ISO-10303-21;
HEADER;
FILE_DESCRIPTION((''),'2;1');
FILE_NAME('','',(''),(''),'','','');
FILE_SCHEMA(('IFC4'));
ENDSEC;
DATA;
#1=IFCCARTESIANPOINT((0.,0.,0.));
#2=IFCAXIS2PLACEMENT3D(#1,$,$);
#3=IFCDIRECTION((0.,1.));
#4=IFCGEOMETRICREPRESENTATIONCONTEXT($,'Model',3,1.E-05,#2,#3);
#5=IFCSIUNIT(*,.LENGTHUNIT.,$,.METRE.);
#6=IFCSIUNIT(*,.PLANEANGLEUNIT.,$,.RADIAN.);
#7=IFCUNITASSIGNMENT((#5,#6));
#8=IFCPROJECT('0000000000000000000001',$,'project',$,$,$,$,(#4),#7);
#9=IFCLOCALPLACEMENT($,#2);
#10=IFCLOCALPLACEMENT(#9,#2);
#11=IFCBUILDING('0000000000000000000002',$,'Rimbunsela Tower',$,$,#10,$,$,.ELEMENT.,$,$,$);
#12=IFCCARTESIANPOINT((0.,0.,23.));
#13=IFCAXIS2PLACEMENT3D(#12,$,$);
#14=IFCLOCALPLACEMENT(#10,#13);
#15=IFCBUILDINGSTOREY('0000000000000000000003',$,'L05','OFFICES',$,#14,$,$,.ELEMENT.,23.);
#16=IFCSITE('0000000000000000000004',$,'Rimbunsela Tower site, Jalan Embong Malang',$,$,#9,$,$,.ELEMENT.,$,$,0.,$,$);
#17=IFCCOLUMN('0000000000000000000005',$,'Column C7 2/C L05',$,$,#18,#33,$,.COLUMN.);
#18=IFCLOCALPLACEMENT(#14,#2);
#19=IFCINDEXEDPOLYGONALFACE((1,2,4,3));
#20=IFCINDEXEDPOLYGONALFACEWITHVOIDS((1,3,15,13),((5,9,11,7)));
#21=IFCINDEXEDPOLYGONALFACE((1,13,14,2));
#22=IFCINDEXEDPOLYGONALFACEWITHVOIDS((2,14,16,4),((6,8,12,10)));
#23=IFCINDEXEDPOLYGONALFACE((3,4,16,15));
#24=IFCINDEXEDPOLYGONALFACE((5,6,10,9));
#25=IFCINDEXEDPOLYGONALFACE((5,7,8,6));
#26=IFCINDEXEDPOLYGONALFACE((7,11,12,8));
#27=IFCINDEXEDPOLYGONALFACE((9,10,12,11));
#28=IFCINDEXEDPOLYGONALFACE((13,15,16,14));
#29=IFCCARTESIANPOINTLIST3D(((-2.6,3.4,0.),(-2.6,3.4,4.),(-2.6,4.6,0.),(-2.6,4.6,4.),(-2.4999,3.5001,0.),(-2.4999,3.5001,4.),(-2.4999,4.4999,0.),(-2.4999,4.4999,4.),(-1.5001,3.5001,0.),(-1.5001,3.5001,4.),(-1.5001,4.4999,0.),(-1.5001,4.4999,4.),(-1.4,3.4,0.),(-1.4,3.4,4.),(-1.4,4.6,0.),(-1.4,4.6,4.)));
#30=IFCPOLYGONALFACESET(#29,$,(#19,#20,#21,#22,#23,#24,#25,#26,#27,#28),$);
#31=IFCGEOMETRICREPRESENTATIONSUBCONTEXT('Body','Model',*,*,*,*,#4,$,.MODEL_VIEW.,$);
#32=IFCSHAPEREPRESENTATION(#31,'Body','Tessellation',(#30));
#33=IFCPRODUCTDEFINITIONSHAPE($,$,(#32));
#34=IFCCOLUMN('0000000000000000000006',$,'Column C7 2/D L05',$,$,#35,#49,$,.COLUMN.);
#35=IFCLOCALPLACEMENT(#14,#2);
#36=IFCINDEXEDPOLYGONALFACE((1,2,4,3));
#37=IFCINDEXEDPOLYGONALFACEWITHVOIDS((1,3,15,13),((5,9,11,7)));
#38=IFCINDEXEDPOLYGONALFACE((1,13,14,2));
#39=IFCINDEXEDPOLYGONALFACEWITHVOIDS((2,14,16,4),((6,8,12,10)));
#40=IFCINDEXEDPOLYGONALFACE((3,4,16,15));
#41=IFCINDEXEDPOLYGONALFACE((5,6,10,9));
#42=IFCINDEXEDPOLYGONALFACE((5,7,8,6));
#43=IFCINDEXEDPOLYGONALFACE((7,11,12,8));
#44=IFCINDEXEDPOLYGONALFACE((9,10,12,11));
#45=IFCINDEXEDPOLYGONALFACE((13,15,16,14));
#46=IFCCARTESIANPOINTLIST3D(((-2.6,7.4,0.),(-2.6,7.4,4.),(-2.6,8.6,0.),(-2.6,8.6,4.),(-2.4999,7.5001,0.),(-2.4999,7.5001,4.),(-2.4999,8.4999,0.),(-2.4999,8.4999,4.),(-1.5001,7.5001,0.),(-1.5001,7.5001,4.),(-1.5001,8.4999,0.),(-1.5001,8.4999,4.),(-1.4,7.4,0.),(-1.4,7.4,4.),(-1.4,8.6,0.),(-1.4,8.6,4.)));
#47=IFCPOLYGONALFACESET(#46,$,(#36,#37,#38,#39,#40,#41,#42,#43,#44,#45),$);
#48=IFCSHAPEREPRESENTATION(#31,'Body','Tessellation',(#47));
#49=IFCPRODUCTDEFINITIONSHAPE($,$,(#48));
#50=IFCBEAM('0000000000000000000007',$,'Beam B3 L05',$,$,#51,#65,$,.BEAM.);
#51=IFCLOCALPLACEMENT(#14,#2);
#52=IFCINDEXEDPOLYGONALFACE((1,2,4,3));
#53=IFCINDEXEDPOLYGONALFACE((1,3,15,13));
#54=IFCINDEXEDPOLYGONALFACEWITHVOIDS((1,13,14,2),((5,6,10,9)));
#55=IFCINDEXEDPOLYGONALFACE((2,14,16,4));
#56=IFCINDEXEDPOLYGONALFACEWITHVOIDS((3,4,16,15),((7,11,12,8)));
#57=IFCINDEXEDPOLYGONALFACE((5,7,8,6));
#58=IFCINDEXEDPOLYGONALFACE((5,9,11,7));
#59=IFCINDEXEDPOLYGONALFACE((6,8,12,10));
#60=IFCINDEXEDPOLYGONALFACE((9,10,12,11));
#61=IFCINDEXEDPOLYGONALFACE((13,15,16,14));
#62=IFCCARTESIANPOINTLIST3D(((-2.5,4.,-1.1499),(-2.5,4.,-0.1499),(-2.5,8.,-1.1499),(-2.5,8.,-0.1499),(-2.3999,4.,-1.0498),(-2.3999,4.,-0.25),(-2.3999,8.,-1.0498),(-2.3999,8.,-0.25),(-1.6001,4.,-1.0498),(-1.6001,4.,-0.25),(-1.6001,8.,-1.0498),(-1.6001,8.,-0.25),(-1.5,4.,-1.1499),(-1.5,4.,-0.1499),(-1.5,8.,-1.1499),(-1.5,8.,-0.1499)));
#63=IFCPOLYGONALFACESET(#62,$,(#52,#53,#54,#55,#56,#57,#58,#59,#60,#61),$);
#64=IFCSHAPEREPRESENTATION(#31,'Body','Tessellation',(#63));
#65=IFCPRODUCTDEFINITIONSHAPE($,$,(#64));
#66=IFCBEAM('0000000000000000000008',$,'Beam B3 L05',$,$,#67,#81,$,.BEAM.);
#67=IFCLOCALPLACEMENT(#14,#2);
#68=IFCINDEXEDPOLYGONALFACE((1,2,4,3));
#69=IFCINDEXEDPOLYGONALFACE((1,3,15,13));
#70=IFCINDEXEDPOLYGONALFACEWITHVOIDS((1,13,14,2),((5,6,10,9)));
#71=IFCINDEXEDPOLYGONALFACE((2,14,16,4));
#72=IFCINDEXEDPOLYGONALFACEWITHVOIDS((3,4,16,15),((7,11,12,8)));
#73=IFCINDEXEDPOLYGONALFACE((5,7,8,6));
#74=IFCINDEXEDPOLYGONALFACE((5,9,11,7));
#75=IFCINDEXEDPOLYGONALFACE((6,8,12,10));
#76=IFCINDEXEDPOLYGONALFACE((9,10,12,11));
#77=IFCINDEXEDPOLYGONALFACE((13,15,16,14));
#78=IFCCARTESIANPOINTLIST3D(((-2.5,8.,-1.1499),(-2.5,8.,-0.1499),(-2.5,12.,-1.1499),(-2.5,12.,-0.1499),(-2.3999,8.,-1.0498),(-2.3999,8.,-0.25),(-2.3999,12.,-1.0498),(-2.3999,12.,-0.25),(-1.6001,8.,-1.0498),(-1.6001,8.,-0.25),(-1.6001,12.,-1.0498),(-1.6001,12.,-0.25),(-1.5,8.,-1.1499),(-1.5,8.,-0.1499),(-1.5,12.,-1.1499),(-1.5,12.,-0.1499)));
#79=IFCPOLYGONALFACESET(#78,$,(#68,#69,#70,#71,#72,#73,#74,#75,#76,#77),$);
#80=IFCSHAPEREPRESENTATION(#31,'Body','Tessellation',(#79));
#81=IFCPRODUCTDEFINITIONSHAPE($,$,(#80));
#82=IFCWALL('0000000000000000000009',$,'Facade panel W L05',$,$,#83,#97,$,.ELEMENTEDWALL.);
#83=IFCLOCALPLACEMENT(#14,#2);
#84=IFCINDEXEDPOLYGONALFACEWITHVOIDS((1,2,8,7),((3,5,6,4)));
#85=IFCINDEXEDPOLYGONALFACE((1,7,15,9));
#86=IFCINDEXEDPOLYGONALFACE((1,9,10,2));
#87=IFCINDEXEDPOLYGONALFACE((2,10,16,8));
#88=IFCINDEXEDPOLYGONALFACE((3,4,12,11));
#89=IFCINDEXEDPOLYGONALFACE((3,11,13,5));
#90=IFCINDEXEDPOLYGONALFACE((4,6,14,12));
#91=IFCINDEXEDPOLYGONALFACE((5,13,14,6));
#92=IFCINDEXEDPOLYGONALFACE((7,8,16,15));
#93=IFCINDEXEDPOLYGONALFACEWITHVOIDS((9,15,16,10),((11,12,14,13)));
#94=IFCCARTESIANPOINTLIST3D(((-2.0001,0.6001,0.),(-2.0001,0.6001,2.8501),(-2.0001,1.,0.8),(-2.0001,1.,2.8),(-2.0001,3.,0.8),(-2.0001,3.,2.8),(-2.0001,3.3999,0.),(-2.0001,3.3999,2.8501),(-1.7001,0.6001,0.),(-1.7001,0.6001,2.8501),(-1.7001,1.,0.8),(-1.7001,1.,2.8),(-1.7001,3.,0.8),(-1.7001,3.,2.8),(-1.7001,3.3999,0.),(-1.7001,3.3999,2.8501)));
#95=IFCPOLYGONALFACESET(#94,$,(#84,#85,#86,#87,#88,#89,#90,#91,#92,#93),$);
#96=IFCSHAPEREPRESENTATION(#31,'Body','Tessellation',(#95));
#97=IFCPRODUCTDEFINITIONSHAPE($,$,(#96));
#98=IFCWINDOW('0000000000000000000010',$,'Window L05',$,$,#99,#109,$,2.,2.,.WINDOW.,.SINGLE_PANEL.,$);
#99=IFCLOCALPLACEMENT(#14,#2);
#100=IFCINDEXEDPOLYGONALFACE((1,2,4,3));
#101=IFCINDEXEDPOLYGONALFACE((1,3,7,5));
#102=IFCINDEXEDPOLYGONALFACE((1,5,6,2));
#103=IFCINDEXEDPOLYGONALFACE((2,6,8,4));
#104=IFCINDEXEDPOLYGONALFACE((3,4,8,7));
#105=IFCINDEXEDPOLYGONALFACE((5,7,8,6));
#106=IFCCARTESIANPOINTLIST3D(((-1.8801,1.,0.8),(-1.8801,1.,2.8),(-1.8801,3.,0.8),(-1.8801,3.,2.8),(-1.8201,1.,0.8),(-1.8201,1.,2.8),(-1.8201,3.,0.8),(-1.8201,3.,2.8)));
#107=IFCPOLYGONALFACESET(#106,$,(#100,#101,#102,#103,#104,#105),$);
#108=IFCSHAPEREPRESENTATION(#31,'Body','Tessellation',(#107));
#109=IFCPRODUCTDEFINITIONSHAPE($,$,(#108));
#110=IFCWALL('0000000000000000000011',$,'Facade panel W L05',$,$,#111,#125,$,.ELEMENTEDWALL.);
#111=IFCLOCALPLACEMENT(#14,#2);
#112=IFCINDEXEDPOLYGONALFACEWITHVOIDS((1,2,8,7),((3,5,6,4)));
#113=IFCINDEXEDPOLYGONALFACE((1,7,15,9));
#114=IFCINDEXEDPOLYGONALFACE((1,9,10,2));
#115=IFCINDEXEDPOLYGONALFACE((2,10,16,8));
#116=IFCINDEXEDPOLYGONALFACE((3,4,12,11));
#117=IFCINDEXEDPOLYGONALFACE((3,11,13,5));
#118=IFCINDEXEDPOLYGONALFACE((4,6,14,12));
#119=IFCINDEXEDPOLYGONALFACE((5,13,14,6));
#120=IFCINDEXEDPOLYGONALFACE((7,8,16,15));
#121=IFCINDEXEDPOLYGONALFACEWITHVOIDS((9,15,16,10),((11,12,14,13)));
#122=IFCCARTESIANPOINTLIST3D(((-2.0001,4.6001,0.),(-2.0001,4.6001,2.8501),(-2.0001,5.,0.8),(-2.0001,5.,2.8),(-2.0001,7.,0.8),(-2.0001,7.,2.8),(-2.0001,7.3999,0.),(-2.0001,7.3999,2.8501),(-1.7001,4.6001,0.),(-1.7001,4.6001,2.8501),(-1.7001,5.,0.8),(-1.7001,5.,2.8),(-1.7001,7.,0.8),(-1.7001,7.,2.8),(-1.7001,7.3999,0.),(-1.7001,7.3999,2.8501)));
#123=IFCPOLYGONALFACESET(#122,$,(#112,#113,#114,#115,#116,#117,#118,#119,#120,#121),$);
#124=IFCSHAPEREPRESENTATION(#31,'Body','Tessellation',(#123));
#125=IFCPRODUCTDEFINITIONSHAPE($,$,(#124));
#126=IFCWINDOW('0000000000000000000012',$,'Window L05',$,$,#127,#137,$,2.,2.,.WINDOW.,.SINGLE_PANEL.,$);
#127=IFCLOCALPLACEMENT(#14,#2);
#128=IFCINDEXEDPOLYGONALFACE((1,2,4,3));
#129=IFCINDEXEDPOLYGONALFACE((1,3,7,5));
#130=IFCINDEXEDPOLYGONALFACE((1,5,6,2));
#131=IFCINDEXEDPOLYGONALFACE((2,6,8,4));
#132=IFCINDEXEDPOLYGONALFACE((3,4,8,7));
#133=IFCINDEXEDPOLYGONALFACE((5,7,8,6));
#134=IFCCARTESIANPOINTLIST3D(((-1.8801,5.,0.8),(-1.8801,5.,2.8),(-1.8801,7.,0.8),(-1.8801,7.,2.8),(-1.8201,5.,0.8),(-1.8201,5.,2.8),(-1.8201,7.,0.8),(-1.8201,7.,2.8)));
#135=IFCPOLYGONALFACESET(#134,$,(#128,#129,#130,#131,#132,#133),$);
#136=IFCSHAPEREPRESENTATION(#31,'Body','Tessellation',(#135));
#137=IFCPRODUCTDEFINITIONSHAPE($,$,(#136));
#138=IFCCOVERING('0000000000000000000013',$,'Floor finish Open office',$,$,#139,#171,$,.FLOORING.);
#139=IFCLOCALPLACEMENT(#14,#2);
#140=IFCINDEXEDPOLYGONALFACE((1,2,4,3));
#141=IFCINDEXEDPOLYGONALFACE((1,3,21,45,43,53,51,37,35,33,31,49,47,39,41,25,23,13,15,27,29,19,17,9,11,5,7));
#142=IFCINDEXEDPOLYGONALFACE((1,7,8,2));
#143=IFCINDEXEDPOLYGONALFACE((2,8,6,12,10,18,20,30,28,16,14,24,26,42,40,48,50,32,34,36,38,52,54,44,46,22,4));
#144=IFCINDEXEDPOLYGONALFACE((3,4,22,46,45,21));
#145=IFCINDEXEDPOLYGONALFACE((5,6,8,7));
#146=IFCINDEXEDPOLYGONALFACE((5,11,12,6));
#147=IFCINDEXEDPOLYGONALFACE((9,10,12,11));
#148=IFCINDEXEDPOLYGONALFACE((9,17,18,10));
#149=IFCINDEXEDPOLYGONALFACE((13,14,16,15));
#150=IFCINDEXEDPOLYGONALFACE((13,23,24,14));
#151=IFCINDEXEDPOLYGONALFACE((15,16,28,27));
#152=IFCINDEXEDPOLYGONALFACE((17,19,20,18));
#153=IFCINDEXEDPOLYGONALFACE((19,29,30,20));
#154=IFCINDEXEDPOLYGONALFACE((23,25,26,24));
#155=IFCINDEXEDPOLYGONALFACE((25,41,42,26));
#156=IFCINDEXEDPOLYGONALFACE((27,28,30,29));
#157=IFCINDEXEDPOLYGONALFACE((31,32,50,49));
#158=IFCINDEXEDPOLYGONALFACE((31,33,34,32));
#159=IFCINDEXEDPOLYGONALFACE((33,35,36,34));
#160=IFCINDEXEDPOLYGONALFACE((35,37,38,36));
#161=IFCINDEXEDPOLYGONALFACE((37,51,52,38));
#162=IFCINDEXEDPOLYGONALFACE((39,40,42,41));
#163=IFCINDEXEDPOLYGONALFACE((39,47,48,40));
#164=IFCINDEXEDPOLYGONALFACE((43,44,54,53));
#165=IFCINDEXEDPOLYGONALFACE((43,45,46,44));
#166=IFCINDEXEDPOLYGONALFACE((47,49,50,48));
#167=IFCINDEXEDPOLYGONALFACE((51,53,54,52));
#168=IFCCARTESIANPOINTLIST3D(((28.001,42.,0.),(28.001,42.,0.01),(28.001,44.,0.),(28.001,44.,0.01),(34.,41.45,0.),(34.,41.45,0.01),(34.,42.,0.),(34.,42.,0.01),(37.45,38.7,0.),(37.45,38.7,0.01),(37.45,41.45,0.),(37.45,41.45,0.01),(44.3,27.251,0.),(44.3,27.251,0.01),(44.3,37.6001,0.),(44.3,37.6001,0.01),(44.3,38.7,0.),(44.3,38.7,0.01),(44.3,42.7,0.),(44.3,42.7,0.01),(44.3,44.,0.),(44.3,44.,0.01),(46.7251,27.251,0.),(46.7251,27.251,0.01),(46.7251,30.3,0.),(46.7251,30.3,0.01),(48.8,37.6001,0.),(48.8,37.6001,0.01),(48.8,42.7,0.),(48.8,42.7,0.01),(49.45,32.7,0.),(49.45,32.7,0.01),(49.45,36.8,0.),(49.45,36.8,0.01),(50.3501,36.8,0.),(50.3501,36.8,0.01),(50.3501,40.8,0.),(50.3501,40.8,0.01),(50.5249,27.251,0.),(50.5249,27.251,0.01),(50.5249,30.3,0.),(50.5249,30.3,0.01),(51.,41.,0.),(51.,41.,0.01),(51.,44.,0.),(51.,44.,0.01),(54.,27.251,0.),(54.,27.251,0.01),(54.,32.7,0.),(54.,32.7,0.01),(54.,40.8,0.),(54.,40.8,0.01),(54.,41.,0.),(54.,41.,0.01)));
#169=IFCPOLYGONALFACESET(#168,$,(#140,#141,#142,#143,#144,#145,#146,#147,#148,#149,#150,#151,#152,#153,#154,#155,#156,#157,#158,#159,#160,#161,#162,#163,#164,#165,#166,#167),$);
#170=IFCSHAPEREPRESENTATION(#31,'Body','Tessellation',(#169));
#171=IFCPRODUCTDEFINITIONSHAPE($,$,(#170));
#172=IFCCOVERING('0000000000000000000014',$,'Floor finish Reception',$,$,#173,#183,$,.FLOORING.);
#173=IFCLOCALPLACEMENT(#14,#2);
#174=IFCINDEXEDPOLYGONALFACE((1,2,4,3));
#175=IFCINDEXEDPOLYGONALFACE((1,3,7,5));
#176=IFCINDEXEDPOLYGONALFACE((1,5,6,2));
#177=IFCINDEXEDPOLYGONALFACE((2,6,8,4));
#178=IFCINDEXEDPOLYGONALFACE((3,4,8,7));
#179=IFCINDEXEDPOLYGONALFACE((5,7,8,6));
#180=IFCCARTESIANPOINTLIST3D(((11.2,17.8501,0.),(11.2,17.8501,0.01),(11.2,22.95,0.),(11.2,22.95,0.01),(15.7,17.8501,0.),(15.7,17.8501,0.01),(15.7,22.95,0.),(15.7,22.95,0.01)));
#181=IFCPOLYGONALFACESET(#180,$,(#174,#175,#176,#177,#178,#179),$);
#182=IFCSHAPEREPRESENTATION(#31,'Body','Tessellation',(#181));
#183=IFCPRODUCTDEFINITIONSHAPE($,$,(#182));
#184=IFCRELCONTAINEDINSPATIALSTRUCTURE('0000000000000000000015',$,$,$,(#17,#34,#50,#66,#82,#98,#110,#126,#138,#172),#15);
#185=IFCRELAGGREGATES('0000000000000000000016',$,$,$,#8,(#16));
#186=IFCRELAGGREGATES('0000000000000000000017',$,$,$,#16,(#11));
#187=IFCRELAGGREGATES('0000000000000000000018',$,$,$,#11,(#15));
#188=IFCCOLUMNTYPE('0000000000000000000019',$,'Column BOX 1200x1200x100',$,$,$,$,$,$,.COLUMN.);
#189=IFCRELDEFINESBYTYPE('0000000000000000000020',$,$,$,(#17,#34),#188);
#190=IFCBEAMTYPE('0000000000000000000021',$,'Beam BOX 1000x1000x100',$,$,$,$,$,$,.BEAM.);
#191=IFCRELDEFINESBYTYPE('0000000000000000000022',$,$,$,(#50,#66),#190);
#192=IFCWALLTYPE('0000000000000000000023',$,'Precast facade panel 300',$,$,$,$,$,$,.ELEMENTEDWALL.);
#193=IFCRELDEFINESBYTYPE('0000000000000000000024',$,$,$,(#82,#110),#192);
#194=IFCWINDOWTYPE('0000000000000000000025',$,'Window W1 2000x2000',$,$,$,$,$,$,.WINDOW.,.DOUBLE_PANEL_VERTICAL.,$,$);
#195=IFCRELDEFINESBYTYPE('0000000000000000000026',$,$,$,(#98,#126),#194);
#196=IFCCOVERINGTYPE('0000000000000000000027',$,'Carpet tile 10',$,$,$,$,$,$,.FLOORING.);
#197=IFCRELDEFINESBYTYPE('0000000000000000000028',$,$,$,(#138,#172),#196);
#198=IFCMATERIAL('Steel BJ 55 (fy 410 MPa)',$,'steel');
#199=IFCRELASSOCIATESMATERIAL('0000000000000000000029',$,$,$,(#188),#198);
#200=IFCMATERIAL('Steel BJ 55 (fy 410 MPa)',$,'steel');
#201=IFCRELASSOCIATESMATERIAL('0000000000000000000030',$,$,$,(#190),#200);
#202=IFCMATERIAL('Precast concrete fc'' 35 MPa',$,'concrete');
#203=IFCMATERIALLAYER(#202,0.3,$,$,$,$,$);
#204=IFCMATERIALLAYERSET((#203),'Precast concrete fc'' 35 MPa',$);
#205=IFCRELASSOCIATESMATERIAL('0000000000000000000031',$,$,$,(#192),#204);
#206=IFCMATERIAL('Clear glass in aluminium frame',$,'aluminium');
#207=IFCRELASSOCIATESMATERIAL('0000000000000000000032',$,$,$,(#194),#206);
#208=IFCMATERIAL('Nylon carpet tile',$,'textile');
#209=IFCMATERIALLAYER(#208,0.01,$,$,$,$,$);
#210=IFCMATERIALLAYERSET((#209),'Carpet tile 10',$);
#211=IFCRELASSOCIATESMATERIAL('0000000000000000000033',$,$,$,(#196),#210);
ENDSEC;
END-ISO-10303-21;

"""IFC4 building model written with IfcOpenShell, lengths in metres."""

from ifc_helpers import new_model, si_unit, direction, frame, frame_2d, origin, origin_2d, place, context, subcontext, project, spatial, polyline, rectangle, hollow_rectangle, outline, extrude, material, layer, layer_set, material_profile, profile_set, type_object, element, fill, save


model = new_model("IFC4")

# Units and contexts
model_context = context("Model", 3, precision=1e-05, world=origin(), true_north=direction((0.0, 1.0)))
body_context = subcontext(model_context, "Body", "Model", "MODEL_VIEW")
ifc_project = project(units=[si_unit("LENGTHUNIT", "METRE"), si_unit("PLANEANGLEUNIT", "RADIAN")], contexts=[model_context])

# Site, building, storey
site_placement = place(None, origin())
site = spatial("IfcSite", under=ifc_project, at=site_placement, Name="Rimbunsela Tower site, Jalan Embong Malang", CompositionType="ELEMENT", RefElevation=0.0)
building_placement = place(site_placement, origin())
building = spatial("IfcBuilding", under=site, at=building_placement, Name="Rimbunsela Tower", CompositionType="ELEMENT")
storey_placement = place(building_placement, frame((0.0, 0.0, 23.0)))
storey = spatial("IfcBuildingStorey", under=building, at=storey_placement, Name="L05", Description="OFFICES", CompositionType="ELEMENT", Elevation=23.0)

# Columns
ifc_material_1 = material(Name="Steel BJ 55 (fy 410 MPa)", Category="steel")
ifc_material_profile_1 = material_profile(ifc_material_1, hollow_rectangle(XDim=1.2, YDim=1.2, WallThickness=0.1001, at=origin_2d()), Name="BOX 1200x1200x100")
ifc_profile_set_1 = profile_set([ifc_material_profile_1], Name="Steel BJ 55 (fy 410 MPa)")
column_type = type_object("IfcColumnType", Name="Column BOX 1200x1200x100", PredefinedType="COLUMN", material=ifc_profile_set_1)
for number, where, z_axis, x_axis, name in (
    (1, (-2.0, 4.0, 0.0), (0.0, 0.0, 1.0), (1.0, 0.0, 0.0), "Column C7 2/C L05"),
    (2, (-2.0, 8.0, 0.0), (0.0, 0.0, 1.0), (1.0, 0.0, 0.0), "Column C7 2/D L05"),
):
    element("IfcColumn", number, at=place(storey_placement, frame(where, z_axis=z_axis, x_axis=x_axis)), inside=storey, type_object=column_type, Name=name, PredefinedType="COLUMN", context=body_context, shape_type="SweptSolid", body=[
        extrude(hollow_rectangle(XDim=1.2, YDim=1.2, WallThickness=0.1001, at=origin_2d()), origin(), (0.0, 0.0, 1.0), 4.0),
    ])

# Beams
ifc_material_2 = material(Name="Steel BJ 55 (fy 410 MPa)", Category="steel")
ifc_material_profile_2 = material_profile(ifc_material_2, hollow_rectangle(XDim=1.0, YDim=1.0, WallThickness=0.1001, at=origin_2d()), Name="BOX 1000x1000x100")
ifc_profile_set_2 = profile_set([ifc_material_profile_2], Name="Steel BJ 55 (fy 410 MPa)")
beam_type = type_object("IfcBeamType", Name="Beam BOX 1000x1000x100", PredefinedType="BEAM", material=ifc_profile_set_2)
for number, where, z_axis, x_axis, name in (
    (3, (-2.0, 4.0, -0.6499), (0.0, 1.0, 0.0), (-1.0, 0.0, 0.0), "Beam B3 L05"),
    (4, (-2.0, 8.0, -0.6499), (0.0, 1.0, 0.0), (-1.0, 0.0, 0.0), "Beam B3 L05"),
):
    element("IfcBeam", number, at=place(storey_placement, frame(where, z_axis=z_axis, x_axis=x_axis)), inside=storey, type_object=beam_type, Name=name, PredefinedType="BEAM", context=body_context, shape_type="SweptSolid", body=[
        extrude(hollow_rectangle(XDim=1.0, YDim=1.0, WallThickness=0.1001, at=origin_2d()), origin(), (0.0, 0.0, 1.0), 4.0),
    ])

# Walls, openings, windows
ifc_material_3 = material(Name="Precast concrete fc' 35 MPa", Category="concrete")
ifc_layer_1 = layer(ifc_material_3, 0.3)
ifc_layer_set_1 = layer_set([ifc_layer_1], Name="Precast concrete fc' 35 MPa")
wall_type = type_object("IfcWallType", Name="Precast facade panel 300", PredefinedType="ELEMENTEDWALL", material=ifc_layer_set_1)
wall_1_placement = place(storey_placement, frame((-1.8501, 3.3999, 0.0), z_axis=(0.0, 0.0, 1.0), x_axis=(0.0, -1.0, 0.0)))
wall_1 = element("IfcWall", 5, at=wall_1_placement, inside=storey, type_object=wall_type, Name="Facade panel W L05", PredefinedType="ELEMENTEDWALL", context=body_context, shape_type="SweptSolid", body=[
    extrude(rectangle(XDim=2.7998, YDim=0.3, at=frame_2d((1.3999, 0.0))), origin(), (0.0, 0.0, 1.0), 2.8501),
])
opening_1_placement = place(wall_1_placement, frame((0.3999, 0.0, 0.8)))
opening_1 = element("IfcOpeningElement", 6, at=opening_1_placement, cuts=wall_1, PredefinedType="OPENING", context=body_context, shape_type="SweptSolid", body=[
    extrude(rectangle(XDim=2.0, YDim=2.0, at=frame_2d((1.0, 1.0))), frame((0.0, 0.1599, 0.0), z_axis=(0.0, -1.0, 0.0), x_axis=(1.0, 0.0, 0.0)), (0.0, 0.0, 1.0), 0.3201),
])
ifc_material_4 = material(Name="Clear glass in aluminium frame", Category="aluminium")
window_type = type_object("IfcWindowType", Name="Window W1 2000x2000", PartitioningType="DOUBLE_PANEL_VERTICAL", PredefinedType="WINDOW", material=ifc_material_4)
window_1_placement = place(opening_1_placement, origin())
window_1 = element("IfcWindow", 7, at=window_1_placement, inside=storey, type_object=window_type, Name="Window L05", OverallHeight=2.0, OverallWidth=2.0, PartitioningType="SINGLE_PANEL", PredefinedType="WINDOW", context=body_context, shape_type="SweptSolid", body=[
    extrude(rectangle(XDim=2.0, YDim=2.0, at=frame_2d((1.0, 1.0))), frame((0.0, 0.03, 0.0), z_axis=(0.0, -1.0, 0.0), x_axis=(1.0, 0.0, 0.0)), (0.0, 0.0, 1.0), 0.0601),
])
fill(opening_1, window_1)
wall_2_placement = place(storey_placement, frame((-1.8501, 7.3999, 0.0), z_axis=(0.0, 0.0, 1.0), x_axis=(0.0, -1.0, 0.0)))
wall_2 = element("IfcWall", 8, at=wall_2_placement, inside=storey, type_object=wall_type, Name="Facade panel W L05", PredefinedType="ELEMENTEDWALL", context=body_context, shape_type="SweptSolid", body=[
    extrude(rectangle(XDim=2.7998, YDim=0.3, at=frame_2d((1.3999, 0.0))), origin(), (0.0, 0.0, 1.0), 2.8501),
])
opening_2_placement = place(wall_2_placement, frame((0.3999, 0.0, 0.8)))
opening_2 = element("IfcOpeningElement", 9, at=opening_2_placement, cuts=wall_2, PredefinedType="OPENING", context=body_context, shape_type="SweptSolid", body=[
    extrude(rectangle(XDim=2.0, YDim=2.0, at=frame_2d((1.0, 1.0))), frame((0.0, 0.1599, 0.0), z_axis=(0.0, -1.0, 0.0), x_axis=(1.0, 0.0, 0.0)), (0.0, 0.0, 1.0), 0.3201),
])
window_2_placement = place(opening_2_placement, origin())
window_2 = element("IfcWindow", 10, at=window_2_placement, inside=storey, type_object=window_type, Name="Window L05", OverallHeight=2.0, OverallWidth=2.0, PartitioningType="SINGLE_PANEL", PredefinedType="WINDOW", context=body_context, shape_type="SweptSolid", body=[
    extrude(rectangle(XDim=2.0, YDim=2.0, at=frame_2d((1.0, 1.0))), frame((0.0, 0.03, 0.0), z_axis=(0.0, -1.0, 0.0), x_axis=(1.0, 0.0, 0.0)), (0.0, 0.0, 1.0), 0.0601),
])
fill(opening_2, window_2)

# Coverings
ifc_material_5 = material(Name="Nylon carpet tile", Category="textile")
ifc_layer_2 = layer(ifc_material_5, 0.01)
ifc_layer_set_2 = layer_set([ifc_layer_2], Name="Carpet tile 10")
covering_type_1 = type_object("IfcCoveringType", Name="Carpet tile 10", PredefinedType="FLOORING", material=ifc_layer_set_2)
covering_1_placement = place(storey_placement, origin())
element("IfcCovering", 11, at=covering_1_placement, inside=storey, type_object=covering_type_1, Name="Floor finish Open office", PredefinedType="FLOORING", context=body_context, shape_type="SweptSolid", body=[
    extrude(outline(polyline([(44.3, 38.7), (37.45, 38.7), (37.45, 41.45), (34.0, 41.45), (34.0, 42.0), (28.001, 42.0), (28.001, 44.0), (44.3, 44.0), (51.0, 44.0), (51.0, 41.0), (54.0, 41.0), (54.0, 40.8), (50.3501, 40.8), (50.3501, 36.8), (49.45, 36.8), (49.45, 32.7), (54.0, 32.7), (54.0, 27.251), (50.5249, 27.251), (50.5249, 30.3), (46.7251, 30.3), (46.7251, 27.251), (44.3, 27.251), (44.3, 37.6001), (48.8, 37.6001), (48.8, 42.7), (44.3, 42.7), (44.3, 38.7)])), origin(), (0.0, 0.0, 1.0), 0.01),
])
covering_2_placement = place(storey_placement, origin())
element("IfcCovering", 12, at=covering_2_placement, inside=storey, type_object=covering_type_1, Name="Floor finish Reception", PredefinedType="FLOORING", context=body_context, shape_type="SweptSolid", body=[
    extrude(outline(polyline([(15.7, 17.8501), (15.7, 22.95), (11.2, 22.95), (11.2, 17.8501), (15.7, 17.8501)])), origin(), (0.0, 0.0, 1.0), 0.01),
])

save(model, "model.ifc")
